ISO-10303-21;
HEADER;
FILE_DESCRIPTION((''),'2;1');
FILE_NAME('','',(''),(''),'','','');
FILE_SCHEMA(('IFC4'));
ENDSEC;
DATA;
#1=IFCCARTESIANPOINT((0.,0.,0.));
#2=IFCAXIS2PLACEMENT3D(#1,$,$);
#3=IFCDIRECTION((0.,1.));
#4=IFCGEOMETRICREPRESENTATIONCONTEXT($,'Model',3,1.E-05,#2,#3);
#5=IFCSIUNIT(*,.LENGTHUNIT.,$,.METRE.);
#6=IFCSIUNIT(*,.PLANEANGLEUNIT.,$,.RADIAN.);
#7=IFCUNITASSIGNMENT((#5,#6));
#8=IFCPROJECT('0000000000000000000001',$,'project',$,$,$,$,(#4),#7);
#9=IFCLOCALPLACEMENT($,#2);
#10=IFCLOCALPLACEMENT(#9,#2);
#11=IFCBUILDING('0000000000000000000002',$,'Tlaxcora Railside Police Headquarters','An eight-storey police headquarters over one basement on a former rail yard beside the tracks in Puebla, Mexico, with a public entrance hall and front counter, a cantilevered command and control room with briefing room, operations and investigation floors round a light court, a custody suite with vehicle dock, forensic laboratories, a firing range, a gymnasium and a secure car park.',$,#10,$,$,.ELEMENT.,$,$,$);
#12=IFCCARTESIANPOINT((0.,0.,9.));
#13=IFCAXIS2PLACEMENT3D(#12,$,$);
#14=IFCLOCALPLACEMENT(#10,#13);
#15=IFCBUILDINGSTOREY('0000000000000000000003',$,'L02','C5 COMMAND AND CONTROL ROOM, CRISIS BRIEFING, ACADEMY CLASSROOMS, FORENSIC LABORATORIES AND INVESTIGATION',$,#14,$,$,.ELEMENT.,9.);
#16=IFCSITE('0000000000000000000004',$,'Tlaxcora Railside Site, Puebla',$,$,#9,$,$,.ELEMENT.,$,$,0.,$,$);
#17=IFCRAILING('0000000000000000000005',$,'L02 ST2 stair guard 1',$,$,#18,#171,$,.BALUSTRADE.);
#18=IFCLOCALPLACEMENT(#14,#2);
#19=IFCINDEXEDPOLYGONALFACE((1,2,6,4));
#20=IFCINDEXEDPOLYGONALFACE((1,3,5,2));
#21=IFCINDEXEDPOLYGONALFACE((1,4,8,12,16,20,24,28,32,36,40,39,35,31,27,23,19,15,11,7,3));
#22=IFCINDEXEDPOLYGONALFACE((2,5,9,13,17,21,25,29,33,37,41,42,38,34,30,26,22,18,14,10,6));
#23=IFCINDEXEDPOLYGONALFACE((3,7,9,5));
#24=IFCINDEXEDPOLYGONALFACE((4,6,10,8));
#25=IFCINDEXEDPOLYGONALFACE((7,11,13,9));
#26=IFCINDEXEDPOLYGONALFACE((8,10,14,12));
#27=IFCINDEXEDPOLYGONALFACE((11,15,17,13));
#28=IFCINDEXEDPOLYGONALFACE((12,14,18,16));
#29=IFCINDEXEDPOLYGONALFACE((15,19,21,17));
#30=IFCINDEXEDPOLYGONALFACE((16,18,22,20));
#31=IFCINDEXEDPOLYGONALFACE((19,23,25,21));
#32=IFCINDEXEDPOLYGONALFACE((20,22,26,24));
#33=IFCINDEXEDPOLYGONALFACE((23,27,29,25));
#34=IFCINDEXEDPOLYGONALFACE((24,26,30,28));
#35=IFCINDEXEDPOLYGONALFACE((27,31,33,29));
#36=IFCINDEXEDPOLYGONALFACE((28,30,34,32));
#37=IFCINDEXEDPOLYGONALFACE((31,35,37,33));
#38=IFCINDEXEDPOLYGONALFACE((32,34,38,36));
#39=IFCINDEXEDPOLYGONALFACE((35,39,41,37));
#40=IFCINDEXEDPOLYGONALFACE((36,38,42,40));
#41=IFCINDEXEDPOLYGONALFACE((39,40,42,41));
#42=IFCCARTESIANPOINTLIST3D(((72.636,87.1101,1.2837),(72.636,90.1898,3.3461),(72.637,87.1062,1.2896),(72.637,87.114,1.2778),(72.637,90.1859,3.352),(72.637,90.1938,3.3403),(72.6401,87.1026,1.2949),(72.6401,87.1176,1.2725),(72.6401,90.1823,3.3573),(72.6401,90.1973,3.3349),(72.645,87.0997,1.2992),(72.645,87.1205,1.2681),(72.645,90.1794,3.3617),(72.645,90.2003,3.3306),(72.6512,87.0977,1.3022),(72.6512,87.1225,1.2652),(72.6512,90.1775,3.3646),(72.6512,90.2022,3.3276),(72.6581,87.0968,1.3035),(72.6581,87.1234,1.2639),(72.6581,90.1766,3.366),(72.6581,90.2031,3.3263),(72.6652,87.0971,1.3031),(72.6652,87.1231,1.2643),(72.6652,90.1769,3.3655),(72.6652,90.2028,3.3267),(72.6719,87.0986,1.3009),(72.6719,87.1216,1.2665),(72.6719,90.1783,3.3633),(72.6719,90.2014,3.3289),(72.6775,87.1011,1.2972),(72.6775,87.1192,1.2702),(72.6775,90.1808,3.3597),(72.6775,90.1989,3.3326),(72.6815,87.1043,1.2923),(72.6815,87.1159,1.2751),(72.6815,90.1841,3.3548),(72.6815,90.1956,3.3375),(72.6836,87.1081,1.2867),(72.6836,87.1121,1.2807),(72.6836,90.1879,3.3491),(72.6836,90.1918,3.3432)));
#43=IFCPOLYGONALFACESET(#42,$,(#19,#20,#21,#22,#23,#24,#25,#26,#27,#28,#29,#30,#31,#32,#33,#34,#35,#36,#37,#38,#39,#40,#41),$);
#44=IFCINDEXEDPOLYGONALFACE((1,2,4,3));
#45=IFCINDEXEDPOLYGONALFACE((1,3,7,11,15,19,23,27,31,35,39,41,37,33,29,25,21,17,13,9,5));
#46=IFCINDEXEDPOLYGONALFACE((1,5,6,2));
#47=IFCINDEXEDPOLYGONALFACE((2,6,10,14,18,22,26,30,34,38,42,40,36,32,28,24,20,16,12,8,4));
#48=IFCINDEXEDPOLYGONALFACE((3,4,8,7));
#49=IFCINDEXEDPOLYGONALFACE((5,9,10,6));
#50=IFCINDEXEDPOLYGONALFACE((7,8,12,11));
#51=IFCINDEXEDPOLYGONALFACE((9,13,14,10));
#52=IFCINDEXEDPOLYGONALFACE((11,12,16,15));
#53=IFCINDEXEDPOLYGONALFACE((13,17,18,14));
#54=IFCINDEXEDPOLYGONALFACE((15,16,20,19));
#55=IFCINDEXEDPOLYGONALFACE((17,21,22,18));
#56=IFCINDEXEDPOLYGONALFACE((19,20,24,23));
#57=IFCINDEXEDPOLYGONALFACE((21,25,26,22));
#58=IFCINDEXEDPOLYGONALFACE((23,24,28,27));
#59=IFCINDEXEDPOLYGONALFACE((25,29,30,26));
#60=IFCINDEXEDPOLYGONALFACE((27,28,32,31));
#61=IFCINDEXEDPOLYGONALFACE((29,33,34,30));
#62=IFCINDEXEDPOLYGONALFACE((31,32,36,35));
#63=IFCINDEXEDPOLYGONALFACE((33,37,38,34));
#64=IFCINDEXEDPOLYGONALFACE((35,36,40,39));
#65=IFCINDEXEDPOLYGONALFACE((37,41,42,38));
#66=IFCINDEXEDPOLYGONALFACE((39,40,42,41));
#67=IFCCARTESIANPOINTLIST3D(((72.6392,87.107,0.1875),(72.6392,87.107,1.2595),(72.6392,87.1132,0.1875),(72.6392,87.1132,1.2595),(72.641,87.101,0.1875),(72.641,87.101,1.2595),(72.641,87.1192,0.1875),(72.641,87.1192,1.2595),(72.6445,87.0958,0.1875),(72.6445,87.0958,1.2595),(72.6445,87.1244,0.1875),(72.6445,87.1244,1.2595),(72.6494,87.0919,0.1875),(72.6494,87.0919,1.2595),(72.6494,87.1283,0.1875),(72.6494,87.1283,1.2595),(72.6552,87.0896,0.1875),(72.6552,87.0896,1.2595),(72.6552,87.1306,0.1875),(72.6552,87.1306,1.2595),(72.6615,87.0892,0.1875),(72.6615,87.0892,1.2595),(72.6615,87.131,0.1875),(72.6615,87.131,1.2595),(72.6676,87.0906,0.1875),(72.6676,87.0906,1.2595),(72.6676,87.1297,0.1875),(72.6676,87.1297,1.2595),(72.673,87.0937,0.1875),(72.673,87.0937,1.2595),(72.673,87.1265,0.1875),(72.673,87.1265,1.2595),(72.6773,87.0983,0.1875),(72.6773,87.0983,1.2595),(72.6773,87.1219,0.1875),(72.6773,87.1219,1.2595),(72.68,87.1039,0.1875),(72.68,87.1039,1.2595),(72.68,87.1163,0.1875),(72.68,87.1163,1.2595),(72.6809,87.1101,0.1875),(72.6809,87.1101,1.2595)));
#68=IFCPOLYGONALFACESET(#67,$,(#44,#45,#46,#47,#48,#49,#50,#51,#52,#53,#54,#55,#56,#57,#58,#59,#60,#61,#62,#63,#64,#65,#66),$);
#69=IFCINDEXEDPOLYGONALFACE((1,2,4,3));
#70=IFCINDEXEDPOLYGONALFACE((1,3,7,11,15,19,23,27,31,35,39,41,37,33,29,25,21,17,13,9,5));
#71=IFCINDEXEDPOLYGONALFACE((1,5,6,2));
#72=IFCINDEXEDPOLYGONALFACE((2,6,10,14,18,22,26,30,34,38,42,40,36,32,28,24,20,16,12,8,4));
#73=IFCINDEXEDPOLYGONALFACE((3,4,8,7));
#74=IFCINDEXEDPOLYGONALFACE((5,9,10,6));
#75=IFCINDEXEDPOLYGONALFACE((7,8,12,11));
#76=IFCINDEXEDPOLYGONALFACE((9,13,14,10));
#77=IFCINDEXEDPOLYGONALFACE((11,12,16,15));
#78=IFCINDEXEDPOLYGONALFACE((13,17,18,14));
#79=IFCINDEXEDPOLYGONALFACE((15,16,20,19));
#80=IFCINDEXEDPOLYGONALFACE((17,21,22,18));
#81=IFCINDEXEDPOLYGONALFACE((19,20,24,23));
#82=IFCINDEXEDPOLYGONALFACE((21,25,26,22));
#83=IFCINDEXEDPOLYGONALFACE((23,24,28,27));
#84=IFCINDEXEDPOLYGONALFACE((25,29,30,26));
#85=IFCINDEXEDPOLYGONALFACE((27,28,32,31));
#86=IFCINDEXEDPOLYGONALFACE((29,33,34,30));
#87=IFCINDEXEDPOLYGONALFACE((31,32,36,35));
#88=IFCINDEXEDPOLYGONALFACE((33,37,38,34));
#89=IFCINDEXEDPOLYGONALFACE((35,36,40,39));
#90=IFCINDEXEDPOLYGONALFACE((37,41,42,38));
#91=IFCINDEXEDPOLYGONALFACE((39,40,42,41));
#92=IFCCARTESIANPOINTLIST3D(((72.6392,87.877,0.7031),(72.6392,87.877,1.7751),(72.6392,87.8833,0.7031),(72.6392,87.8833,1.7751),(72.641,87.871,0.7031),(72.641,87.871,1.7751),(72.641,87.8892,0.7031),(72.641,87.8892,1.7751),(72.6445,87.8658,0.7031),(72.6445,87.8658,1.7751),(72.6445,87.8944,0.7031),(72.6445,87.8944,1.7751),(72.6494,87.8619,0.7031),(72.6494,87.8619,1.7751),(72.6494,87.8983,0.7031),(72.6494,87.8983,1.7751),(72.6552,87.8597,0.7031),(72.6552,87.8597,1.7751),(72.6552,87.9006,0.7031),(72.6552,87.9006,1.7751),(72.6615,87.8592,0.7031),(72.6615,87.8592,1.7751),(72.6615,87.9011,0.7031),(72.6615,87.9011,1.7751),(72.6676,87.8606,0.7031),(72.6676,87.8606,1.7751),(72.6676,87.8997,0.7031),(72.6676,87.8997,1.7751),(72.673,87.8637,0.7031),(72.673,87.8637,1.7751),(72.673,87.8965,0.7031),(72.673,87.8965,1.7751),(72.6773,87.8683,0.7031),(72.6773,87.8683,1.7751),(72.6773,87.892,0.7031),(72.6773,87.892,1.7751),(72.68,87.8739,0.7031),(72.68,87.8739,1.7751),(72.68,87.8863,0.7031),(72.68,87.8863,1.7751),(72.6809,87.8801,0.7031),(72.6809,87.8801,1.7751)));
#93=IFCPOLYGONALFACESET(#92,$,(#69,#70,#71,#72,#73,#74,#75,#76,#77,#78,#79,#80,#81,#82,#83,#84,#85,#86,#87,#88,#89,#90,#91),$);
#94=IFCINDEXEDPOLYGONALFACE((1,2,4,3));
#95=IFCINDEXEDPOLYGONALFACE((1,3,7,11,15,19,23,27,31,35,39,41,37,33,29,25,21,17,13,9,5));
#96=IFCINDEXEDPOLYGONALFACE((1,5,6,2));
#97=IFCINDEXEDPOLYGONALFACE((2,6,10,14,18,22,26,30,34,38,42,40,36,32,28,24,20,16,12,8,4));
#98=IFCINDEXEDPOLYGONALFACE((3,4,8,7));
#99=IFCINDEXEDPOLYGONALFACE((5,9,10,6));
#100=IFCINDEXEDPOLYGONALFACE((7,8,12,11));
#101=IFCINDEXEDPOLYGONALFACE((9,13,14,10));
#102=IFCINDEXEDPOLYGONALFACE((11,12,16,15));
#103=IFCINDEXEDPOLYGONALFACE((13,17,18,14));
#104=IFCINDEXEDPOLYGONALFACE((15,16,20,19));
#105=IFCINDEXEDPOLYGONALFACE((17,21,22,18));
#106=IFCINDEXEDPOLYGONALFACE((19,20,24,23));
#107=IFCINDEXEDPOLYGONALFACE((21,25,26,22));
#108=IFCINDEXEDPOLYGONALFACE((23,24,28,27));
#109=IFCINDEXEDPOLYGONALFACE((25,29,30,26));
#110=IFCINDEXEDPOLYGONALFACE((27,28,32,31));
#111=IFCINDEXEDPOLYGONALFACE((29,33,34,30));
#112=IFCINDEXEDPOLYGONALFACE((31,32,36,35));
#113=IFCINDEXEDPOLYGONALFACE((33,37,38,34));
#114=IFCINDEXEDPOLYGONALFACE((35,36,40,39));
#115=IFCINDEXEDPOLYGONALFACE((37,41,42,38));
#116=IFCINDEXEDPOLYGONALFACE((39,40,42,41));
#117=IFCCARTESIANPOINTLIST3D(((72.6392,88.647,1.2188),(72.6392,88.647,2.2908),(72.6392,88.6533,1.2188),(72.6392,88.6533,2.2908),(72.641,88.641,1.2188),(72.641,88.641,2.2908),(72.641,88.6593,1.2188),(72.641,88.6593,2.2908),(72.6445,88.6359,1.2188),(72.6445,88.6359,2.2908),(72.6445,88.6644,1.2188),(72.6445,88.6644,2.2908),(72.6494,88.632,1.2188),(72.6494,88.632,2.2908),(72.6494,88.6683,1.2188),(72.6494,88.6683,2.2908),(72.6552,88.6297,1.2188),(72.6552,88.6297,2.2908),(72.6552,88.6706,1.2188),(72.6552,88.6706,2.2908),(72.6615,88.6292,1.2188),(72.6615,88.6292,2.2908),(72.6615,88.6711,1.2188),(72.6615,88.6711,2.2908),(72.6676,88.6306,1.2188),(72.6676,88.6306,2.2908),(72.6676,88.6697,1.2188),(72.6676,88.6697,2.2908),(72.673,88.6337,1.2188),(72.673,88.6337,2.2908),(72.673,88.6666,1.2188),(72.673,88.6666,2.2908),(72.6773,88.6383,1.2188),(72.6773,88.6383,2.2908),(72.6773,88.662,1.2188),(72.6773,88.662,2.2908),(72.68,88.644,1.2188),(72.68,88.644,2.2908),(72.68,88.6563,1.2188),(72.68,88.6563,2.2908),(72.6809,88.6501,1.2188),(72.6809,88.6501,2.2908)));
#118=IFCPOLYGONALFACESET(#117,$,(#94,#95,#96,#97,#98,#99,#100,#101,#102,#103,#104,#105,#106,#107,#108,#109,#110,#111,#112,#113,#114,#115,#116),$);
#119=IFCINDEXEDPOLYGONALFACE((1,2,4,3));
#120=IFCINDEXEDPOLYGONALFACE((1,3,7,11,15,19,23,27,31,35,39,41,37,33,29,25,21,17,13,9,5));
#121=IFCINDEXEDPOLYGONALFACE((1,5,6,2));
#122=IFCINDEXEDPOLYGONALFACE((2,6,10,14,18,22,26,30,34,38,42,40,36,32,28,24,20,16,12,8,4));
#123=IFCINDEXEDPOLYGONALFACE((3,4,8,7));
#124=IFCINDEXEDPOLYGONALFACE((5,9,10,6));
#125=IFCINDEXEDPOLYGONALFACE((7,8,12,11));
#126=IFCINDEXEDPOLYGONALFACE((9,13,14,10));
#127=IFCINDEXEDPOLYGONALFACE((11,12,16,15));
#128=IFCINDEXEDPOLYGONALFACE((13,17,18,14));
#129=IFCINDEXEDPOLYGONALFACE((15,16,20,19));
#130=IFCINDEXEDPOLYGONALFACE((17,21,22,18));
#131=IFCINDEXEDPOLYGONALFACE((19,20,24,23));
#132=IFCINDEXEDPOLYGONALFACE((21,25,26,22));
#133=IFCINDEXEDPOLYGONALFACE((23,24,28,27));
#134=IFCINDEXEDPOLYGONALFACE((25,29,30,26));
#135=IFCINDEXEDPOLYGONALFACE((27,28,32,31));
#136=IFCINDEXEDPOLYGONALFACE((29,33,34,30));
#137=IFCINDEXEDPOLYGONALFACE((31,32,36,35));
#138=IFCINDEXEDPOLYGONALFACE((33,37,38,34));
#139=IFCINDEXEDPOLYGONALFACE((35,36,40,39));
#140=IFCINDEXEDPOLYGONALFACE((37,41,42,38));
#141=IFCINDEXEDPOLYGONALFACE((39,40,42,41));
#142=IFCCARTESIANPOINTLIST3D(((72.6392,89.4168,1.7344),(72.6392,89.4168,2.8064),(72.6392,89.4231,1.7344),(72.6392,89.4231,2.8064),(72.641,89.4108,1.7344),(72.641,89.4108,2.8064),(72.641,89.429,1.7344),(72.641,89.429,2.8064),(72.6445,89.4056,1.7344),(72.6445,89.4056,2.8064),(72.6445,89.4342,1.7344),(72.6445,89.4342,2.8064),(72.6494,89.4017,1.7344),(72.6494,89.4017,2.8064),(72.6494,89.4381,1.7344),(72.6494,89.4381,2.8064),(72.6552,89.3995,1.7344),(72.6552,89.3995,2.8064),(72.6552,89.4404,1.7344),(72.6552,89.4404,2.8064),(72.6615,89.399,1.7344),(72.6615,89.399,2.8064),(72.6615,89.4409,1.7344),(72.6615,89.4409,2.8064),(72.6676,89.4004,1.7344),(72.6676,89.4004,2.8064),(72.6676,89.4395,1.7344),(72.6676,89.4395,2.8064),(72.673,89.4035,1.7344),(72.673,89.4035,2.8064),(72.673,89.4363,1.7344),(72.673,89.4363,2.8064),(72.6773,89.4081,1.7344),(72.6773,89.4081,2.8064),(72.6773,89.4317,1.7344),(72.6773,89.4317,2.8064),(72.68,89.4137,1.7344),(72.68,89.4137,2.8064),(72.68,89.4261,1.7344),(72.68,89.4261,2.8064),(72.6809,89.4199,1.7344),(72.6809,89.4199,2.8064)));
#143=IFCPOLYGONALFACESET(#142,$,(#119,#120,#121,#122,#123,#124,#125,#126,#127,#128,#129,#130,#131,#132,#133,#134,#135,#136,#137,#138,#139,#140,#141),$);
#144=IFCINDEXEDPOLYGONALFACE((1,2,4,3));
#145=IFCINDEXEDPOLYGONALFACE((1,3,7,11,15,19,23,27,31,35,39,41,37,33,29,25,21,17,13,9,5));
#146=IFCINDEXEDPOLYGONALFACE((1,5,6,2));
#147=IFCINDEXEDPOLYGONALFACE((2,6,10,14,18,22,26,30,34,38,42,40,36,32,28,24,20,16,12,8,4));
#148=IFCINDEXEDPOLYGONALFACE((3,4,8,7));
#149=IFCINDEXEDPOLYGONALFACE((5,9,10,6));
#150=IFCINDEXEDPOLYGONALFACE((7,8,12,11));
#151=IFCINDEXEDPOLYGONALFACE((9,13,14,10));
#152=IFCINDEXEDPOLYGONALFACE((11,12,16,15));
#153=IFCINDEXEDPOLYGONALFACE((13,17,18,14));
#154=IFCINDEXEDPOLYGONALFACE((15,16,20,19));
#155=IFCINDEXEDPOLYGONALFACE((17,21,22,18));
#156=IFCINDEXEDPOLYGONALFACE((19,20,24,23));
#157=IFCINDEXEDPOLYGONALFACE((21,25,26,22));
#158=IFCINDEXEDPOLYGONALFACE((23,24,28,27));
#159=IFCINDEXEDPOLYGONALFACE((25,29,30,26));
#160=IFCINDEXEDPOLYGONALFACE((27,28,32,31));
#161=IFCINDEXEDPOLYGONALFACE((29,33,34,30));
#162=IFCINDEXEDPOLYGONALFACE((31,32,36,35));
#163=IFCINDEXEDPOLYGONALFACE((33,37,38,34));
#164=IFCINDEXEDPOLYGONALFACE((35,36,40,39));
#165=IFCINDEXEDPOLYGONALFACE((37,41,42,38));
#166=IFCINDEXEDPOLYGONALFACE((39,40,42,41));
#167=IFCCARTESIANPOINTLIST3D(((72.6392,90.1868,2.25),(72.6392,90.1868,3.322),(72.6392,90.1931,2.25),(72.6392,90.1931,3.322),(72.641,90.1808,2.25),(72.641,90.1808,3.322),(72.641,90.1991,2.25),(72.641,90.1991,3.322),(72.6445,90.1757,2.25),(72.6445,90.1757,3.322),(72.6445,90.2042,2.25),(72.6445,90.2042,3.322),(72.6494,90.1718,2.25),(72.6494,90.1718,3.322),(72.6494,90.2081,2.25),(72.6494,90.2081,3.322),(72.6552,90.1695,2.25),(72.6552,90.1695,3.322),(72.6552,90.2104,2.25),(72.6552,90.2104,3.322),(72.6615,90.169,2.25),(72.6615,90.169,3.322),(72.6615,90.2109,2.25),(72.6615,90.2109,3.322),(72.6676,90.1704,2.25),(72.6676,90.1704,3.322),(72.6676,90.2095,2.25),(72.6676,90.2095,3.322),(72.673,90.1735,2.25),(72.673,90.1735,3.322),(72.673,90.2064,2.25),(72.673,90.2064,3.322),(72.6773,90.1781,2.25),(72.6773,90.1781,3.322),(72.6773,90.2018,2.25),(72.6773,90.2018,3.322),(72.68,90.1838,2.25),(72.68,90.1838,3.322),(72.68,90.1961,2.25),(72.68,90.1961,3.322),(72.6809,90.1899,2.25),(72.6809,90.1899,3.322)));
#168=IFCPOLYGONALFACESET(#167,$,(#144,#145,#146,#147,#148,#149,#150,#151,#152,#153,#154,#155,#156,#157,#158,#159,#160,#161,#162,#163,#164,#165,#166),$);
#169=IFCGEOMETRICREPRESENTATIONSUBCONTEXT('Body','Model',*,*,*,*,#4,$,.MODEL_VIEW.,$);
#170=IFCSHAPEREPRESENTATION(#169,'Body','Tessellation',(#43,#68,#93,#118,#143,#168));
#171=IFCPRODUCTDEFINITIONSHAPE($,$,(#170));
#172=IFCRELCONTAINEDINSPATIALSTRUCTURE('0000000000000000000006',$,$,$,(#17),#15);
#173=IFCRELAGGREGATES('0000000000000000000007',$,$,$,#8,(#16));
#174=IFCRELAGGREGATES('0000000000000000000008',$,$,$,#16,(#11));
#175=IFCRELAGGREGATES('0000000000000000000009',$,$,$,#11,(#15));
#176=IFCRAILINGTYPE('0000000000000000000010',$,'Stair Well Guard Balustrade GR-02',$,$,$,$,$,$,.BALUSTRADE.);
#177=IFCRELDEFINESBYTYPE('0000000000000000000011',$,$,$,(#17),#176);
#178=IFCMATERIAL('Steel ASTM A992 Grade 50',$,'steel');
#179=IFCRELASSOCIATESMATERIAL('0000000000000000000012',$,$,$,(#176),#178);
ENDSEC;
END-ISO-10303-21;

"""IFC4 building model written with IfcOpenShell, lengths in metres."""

from ifc_helpers import new_model, si_unit, direction, frame, origin, origin_2d, place, context, subcontext, project, spatial, circle, extrude, material, type_object, element, save


model = new_model("IFC4")

# Units and contexts
model_context = context("Model", 3, precision=1e-05, world=origin(), true_north=direction((0.0, 1.0)))
body_context = subcontext(model_context, "Body", "Model", "MODEL_VIEW")
ifc_project = project(units=[si_unit("LENGTHUNIT", "METRE"), si_unit("PLANEANGLEUNIT", "RADIAN")], contexts=[model_context])

# Site, building, storey
site_placement = place(None, origin())
site = spatial("IfcSite", under=ifc_project, at=site_placement, Name="Tlaxcora Railside Site, Puebla", CompositionType="ELEMENT", RefElevation=0.0)
building_placement = place(site_placement, origin())
building = spatial("IfcBuilding", under=site, at=building_placement, Name="Tlaxcora Railside Police Headquarters", Description="An eight-storey police headquarters over one basement on a former rail yard beside the tracks in Puebla, Mexico, with a public entrance hall and front counter, a cantilevered command and control room with briefing room, operations and investigation floors round a light court, a custody suite with vehicle dock, forensic laboratories, a firing range, a gymnasium and a secure car park.", CompositionType="ELEMENT")
storey_placement = place(building_placement, frame((0.0, 0.0, 9.0)))
storey = spatial("IfcBuildingStorey", under=building, at=storey_placement, Name="L02", Description="C5 COMMAND AND CONTROL ROOM, CRISIS BRIEFING, ACADEMY CLASSROOMS, FORENSIC LABORATORIES AND INVESTIGATION", CompositionType="ELEMENT", Elevation=9.0)

# Shared definitions
ifc_material_1 = material(Name="Steel ASTM A992 Grade 50", Category="steel")

# Railing
railing_type_1 = type_object("IfcRailingType", Name="Stair Well Guard Balustrade GR-02", PredefinedType="BALUSTRADE", material=ifc_material_1)
railing_1_placement = place(storey_placement, frame((72.6599, 87.1101, 0.1875)))
element("IfcRailing", 1, at=railing_1_placement, inside=storey, type_object=railing_type_1, Name="L02 ST2 stair guard 1", PredefinedType="BALUSTRADE", context=body_context, shape_type="SweptSolid", body=[
    extrude(circle(Radius=0.0239, at=origin_2d()), frame((0.0, 0.0, 1.0962), z_axis=(0.0, 0.830893, 0.556432), x_axis=(-1.0, 0.0, 0.0)), (0.0, 0.0, 1.0), 3.7065),
    extrude(circle(Radius=0.021, at=origin_2d()), origin(), (0.0, 0.0, 1.0), 1.072),
    extrude(circle(Radius=0.021, at=origin_2d()), frame((0.0, 0.77, 0.5156)), (0.0, 0.0, 1.0), 1.072),
    extrude(circle(Radius=0.021, at=origin_2d()), frame((0.0, 1.54, 1.0312)), (0.0, 0.0, 1.0), 1.072),
    extrude(circle(Radius=0.021, at=origin_2d()), frame((0.0, 2.3098, 1.5469)), (0.0, 0.0, 1.0), 1.072),
    extrude(circle(Radius=0.021, at=origin_2d()), frame((0.0, 3.0798, 2.0625)), (0.0, 0.0, 1.0), 1.072),
])

save(model, "model.ifc")
